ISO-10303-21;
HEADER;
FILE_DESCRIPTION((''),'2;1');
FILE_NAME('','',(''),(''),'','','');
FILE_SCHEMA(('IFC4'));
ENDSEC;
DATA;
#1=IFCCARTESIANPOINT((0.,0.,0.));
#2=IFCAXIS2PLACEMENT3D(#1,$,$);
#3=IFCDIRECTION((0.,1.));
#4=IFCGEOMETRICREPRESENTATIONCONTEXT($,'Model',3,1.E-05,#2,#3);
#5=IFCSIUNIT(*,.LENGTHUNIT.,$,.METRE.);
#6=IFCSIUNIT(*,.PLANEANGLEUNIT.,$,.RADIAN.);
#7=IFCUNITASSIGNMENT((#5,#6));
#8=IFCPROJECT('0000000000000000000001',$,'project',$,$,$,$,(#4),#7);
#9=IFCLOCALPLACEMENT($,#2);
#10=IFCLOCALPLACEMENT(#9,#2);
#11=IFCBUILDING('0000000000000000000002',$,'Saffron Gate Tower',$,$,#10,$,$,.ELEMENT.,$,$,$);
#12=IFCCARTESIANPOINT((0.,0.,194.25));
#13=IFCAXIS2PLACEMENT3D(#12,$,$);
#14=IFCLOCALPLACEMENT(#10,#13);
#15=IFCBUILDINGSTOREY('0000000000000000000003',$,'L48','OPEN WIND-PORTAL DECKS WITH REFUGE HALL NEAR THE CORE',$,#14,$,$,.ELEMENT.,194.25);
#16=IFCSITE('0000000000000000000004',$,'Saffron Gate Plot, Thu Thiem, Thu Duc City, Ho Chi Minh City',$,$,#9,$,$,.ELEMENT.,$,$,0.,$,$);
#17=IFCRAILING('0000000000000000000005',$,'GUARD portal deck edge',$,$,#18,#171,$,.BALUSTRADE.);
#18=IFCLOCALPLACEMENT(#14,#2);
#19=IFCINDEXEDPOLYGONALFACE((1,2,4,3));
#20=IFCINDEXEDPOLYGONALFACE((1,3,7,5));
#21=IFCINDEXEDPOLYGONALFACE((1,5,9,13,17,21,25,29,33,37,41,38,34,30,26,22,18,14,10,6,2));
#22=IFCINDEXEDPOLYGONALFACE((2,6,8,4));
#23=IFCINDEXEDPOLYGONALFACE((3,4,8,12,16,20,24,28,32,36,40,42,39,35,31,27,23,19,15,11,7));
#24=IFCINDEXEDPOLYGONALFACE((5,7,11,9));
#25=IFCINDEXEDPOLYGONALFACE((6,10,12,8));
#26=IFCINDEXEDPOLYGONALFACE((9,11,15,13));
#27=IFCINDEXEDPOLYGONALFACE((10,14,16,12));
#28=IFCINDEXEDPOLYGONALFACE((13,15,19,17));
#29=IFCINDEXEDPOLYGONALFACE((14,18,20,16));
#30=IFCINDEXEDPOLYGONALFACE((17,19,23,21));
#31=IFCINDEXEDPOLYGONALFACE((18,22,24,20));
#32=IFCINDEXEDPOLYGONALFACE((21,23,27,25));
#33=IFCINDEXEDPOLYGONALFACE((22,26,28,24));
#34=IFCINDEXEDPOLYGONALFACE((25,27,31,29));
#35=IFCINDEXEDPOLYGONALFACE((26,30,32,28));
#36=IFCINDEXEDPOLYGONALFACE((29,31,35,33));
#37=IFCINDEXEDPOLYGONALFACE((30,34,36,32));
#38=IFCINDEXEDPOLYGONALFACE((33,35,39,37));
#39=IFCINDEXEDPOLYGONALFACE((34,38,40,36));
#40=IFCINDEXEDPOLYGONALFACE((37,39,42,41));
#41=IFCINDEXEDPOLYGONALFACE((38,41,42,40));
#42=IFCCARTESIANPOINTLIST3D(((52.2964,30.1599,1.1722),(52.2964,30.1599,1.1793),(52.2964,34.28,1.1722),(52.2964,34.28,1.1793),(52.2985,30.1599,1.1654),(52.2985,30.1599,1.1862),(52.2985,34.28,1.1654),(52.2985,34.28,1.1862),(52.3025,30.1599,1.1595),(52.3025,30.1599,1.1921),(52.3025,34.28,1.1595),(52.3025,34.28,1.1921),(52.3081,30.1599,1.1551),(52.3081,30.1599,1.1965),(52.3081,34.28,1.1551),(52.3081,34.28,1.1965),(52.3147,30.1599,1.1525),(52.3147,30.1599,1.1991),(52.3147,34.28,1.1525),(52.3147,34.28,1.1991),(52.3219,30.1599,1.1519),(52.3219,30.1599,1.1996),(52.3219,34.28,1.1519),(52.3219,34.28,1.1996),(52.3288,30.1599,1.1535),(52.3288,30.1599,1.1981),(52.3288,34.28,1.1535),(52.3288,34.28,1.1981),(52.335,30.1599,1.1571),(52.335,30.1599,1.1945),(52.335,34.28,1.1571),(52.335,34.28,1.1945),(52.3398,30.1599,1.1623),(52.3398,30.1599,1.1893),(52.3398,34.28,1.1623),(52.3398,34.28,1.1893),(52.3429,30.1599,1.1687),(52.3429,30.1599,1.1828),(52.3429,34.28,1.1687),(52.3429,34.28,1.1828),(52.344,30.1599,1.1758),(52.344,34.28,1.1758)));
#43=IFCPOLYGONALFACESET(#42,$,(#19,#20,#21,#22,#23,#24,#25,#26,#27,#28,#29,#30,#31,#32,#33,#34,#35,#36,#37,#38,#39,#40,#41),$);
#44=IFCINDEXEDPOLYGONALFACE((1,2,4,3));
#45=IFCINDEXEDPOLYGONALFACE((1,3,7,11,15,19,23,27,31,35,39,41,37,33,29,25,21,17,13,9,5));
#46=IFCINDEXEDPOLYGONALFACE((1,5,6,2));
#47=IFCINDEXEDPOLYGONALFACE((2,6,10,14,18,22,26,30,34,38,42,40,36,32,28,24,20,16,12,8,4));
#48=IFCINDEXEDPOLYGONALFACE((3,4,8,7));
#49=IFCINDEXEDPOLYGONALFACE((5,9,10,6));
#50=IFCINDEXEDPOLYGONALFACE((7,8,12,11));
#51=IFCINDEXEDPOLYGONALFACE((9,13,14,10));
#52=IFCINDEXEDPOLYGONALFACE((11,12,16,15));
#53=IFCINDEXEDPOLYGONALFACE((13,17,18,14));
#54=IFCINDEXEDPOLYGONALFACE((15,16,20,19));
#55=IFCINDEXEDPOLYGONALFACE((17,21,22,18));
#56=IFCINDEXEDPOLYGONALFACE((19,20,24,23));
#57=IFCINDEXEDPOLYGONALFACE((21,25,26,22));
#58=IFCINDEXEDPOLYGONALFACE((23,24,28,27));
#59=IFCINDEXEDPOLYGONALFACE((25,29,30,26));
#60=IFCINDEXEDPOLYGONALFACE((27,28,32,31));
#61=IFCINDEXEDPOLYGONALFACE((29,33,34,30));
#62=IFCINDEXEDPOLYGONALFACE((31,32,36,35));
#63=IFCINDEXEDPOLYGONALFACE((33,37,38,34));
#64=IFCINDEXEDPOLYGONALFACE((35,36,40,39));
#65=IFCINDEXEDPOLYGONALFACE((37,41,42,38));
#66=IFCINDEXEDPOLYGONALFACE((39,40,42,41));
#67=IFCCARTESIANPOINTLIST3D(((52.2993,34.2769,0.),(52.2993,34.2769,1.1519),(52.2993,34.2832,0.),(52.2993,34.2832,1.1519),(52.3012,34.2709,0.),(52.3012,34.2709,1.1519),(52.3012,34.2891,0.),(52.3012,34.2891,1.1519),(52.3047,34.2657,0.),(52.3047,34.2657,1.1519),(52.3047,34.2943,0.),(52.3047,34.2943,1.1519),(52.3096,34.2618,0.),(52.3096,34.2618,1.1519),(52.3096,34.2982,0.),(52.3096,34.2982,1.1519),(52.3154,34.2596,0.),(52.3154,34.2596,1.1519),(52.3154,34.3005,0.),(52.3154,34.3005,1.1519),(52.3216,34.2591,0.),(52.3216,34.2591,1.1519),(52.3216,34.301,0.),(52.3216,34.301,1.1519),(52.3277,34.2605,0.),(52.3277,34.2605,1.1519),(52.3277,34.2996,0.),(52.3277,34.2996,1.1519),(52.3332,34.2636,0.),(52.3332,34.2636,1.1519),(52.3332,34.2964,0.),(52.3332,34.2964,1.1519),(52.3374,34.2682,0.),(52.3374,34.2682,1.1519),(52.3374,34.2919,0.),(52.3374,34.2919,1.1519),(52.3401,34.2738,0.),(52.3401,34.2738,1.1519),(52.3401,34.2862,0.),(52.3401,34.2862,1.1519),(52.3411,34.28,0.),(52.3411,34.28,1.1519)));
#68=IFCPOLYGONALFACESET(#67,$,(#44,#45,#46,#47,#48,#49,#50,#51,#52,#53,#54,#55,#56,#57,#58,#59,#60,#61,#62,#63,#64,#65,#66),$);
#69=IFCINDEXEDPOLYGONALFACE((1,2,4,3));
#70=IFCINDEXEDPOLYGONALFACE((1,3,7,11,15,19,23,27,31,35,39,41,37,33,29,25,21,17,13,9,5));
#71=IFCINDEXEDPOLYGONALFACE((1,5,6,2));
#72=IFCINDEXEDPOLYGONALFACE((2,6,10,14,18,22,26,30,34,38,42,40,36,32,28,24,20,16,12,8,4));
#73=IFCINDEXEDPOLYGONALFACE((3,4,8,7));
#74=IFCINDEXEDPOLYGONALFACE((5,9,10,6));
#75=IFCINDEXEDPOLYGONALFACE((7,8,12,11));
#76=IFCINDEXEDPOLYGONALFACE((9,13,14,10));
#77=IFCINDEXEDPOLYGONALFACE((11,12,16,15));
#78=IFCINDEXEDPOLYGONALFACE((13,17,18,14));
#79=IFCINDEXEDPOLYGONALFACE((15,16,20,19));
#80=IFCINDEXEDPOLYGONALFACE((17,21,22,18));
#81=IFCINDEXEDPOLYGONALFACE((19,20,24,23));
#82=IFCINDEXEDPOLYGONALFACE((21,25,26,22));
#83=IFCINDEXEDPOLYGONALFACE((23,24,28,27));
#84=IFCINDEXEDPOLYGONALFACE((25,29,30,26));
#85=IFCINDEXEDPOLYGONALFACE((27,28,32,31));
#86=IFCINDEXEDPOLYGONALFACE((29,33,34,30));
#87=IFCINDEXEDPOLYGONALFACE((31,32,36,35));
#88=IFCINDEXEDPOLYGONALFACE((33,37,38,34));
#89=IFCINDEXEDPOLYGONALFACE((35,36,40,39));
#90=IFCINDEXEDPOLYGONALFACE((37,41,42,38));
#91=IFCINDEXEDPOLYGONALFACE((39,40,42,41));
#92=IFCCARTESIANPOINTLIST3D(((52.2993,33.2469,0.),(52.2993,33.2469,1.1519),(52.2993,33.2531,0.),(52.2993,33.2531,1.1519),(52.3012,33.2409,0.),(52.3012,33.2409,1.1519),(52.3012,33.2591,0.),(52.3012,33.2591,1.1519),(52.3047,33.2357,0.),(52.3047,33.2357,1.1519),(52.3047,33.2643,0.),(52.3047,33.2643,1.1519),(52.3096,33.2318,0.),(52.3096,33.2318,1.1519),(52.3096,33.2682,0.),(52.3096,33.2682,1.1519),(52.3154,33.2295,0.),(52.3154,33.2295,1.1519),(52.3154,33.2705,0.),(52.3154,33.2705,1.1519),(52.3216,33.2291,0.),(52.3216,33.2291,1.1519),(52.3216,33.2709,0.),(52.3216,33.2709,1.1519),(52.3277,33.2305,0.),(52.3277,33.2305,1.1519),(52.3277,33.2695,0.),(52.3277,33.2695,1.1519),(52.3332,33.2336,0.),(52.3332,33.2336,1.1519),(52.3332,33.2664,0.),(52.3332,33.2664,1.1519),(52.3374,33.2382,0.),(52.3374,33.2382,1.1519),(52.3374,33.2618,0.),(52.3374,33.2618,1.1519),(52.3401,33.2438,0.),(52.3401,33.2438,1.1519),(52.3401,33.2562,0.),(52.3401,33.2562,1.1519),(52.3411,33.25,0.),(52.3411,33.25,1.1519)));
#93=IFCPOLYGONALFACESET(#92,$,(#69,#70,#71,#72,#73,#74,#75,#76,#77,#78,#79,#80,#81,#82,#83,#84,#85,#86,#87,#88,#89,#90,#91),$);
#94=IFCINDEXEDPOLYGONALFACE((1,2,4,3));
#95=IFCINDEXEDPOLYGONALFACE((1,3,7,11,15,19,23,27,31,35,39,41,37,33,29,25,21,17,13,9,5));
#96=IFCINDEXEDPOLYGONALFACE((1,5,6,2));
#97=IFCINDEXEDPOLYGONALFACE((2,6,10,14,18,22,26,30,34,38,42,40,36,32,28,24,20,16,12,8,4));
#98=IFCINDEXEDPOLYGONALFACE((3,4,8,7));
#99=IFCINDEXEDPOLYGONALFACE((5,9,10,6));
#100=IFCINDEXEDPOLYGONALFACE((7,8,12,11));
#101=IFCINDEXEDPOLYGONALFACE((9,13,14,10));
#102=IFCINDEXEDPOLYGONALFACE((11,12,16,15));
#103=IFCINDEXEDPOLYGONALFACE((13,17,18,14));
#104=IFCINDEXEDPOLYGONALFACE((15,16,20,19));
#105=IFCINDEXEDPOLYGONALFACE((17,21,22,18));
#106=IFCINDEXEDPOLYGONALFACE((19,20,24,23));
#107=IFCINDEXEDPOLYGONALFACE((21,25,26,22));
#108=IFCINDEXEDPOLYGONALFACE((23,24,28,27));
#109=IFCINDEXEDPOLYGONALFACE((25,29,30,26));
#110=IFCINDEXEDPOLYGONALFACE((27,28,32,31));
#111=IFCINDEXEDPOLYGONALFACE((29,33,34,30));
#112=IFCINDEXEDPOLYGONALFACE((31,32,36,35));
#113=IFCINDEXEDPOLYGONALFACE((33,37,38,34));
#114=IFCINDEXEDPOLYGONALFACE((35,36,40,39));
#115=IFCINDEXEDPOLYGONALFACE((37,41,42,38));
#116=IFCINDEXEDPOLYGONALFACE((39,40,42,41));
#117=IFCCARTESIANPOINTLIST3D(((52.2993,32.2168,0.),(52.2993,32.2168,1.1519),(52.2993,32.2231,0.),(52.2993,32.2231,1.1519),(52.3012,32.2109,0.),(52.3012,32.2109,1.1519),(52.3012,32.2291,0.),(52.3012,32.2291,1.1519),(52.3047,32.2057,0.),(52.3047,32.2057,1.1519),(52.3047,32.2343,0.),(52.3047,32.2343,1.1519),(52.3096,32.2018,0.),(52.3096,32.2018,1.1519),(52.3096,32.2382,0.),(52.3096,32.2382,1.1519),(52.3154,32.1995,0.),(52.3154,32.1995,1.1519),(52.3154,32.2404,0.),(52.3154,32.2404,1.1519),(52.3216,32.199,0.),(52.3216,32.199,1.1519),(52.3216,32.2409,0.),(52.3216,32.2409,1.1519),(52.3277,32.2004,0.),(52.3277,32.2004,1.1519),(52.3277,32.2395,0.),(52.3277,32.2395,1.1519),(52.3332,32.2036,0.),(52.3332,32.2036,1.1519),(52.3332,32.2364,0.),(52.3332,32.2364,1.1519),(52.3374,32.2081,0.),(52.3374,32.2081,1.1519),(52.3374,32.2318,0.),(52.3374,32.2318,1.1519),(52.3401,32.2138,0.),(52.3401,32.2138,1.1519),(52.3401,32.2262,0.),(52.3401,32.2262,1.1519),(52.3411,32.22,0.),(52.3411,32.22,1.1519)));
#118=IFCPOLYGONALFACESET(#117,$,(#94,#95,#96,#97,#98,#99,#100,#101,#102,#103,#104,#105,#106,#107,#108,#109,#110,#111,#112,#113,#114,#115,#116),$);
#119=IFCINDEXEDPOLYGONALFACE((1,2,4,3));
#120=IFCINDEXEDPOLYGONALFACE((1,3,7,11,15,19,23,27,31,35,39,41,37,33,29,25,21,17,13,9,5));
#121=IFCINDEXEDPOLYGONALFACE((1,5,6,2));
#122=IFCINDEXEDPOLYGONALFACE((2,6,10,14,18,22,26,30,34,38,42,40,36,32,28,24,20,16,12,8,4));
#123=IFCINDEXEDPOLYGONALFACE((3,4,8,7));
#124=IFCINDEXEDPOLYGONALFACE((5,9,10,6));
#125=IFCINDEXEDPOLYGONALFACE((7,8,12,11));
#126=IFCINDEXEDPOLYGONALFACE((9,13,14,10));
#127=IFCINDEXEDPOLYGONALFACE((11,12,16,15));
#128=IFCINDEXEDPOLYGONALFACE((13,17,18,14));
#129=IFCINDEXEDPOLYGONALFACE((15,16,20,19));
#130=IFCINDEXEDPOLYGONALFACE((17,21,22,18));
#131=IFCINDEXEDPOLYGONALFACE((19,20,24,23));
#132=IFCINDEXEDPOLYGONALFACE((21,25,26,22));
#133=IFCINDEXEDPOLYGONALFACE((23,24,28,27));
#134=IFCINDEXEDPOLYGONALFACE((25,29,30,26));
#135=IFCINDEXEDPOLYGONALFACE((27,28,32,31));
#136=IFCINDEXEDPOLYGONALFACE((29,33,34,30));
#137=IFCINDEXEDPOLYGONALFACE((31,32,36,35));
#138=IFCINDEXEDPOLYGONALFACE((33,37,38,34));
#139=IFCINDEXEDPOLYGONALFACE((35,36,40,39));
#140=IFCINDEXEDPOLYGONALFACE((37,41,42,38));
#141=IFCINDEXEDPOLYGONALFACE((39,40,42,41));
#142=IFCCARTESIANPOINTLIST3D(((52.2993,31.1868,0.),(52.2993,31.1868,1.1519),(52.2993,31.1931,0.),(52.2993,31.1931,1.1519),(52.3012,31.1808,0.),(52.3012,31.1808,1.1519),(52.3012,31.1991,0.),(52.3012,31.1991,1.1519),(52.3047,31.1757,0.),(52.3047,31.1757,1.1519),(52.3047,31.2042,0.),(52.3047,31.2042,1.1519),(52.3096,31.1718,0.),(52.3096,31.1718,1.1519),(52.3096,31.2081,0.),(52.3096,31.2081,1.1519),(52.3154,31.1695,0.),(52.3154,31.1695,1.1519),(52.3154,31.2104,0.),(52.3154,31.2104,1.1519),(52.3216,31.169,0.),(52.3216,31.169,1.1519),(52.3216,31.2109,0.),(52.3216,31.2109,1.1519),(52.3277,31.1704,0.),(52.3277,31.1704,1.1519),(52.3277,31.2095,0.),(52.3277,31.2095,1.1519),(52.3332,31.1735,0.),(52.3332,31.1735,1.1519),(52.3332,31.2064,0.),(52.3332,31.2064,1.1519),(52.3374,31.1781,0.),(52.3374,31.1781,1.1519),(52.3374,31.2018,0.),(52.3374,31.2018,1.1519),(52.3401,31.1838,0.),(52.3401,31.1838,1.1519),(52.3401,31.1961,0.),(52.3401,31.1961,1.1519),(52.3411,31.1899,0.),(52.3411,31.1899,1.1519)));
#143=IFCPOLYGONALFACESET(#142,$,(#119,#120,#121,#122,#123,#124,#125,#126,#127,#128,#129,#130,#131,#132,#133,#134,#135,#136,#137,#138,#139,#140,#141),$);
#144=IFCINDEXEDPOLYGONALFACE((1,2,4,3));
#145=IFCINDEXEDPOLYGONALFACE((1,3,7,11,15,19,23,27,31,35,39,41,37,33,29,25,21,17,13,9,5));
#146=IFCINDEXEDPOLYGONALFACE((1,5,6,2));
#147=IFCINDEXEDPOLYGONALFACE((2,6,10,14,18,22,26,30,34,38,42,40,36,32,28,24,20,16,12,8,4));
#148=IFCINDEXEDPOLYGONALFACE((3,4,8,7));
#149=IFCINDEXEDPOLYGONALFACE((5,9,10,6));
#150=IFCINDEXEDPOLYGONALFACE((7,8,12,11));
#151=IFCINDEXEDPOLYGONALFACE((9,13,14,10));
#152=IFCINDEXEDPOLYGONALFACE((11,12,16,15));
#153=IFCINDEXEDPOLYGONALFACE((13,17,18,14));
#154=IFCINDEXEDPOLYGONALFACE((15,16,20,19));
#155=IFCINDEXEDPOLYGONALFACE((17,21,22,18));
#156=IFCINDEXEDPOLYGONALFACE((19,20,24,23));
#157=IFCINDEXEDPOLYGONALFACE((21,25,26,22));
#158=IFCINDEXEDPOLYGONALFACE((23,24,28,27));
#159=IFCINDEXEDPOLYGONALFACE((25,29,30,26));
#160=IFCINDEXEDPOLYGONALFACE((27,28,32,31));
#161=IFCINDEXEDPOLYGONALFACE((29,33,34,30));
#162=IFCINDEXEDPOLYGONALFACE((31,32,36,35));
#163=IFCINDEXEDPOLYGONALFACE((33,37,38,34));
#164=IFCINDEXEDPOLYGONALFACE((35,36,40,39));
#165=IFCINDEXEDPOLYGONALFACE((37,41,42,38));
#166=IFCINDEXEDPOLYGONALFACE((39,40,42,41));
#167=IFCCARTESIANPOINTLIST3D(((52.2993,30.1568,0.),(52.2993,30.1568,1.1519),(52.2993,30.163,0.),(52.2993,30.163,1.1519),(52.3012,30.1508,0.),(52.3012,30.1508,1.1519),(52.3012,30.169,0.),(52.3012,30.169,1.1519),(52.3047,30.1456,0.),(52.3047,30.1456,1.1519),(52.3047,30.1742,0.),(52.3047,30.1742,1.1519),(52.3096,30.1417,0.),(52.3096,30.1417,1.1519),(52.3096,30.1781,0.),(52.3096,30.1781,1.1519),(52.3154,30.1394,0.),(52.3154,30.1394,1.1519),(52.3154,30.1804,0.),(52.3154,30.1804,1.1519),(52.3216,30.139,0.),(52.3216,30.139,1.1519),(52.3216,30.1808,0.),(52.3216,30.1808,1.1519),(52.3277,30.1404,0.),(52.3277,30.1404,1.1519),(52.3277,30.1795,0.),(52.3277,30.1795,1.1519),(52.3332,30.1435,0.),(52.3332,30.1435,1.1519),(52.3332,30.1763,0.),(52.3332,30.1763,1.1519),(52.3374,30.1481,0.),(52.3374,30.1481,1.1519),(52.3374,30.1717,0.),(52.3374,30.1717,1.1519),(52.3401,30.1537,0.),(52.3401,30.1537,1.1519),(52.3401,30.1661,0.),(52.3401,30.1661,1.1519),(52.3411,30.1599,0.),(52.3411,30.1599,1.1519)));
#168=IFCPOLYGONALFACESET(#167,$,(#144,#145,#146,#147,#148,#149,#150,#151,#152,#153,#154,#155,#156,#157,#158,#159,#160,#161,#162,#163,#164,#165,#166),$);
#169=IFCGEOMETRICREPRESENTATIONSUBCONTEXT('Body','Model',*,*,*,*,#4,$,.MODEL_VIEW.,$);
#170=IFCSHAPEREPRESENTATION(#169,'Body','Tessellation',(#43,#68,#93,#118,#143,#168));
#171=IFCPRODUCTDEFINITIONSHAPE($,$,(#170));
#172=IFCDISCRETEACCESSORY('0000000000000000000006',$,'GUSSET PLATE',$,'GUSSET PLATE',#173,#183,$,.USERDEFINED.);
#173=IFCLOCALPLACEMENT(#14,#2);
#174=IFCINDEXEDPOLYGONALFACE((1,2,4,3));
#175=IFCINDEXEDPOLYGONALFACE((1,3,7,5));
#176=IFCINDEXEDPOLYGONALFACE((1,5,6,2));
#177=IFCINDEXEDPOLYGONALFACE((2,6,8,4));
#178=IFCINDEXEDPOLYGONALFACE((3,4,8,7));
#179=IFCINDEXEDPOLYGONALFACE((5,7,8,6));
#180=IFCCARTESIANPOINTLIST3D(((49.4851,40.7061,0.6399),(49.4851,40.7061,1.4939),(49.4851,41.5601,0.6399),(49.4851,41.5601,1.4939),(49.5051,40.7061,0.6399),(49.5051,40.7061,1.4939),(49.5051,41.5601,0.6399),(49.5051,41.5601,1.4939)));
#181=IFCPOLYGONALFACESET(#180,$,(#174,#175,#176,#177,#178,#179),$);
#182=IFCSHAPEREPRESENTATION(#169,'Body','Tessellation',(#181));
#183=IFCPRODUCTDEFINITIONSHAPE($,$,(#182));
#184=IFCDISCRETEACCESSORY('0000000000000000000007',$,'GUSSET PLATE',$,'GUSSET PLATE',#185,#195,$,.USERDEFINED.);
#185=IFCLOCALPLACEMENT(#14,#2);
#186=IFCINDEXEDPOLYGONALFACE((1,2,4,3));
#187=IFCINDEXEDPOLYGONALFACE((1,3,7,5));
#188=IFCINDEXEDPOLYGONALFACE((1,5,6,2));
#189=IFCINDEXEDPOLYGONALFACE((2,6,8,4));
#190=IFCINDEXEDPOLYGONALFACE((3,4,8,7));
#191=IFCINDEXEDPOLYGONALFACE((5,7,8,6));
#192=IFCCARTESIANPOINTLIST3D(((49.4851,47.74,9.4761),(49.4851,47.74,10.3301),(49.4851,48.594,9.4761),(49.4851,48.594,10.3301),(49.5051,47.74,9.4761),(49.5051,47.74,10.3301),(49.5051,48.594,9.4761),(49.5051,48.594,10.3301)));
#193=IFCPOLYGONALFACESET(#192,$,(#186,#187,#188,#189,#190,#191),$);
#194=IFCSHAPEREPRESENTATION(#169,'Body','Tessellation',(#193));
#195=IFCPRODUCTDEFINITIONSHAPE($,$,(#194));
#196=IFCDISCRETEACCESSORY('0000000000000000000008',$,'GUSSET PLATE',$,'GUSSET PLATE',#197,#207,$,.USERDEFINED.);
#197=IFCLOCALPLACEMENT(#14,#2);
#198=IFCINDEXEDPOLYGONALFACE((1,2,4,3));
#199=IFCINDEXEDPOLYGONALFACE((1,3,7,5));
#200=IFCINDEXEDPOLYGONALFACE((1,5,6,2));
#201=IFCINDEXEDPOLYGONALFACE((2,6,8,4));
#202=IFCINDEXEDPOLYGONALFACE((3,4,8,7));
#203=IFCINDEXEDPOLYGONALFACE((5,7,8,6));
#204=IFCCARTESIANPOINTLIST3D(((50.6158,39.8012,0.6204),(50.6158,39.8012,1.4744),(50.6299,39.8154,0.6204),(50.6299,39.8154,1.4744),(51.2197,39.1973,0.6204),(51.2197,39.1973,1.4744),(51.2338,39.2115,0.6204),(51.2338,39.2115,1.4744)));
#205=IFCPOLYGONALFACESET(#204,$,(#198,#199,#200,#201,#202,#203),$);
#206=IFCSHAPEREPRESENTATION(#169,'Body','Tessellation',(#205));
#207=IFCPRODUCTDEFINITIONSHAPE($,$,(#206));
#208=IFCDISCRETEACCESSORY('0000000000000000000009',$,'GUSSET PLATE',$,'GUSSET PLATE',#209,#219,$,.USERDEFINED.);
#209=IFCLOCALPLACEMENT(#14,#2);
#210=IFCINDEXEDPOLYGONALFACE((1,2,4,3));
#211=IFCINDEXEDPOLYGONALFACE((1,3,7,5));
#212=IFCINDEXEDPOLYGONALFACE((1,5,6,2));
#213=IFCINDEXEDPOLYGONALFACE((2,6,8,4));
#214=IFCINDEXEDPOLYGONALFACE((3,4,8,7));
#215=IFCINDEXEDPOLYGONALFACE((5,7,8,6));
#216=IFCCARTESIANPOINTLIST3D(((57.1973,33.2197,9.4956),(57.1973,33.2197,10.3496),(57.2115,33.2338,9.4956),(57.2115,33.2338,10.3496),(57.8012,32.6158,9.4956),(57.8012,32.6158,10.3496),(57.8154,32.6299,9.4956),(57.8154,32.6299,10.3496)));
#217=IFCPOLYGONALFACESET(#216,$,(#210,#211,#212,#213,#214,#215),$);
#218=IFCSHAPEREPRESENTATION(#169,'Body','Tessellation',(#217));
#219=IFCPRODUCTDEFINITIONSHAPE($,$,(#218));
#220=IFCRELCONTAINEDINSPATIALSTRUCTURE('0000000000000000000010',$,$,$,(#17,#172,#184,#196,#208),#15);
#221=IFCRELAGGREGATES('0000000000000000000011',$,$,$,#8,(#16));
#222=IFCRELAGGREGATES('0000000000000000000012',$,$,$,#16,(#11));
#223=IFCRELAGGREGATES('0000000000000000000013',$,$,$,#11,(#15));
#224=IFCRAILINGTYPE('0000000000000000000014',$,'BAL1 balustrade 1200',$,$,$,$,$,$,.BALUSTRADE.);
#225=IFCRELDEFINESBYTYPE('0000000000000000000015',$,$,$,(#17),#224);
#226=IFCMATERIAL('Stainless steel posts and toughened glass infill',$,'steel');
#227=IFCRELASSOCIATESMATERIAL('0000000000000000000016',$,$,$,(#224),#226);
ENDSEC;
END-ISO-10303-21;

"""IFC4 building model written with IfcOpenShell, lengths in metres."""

from ifc_helpers import new_model, si_unit, direction, frame, origin, origin_2d, place, context, subcontext, project, spatial, rectangle, circle, extrude, material, type_object, element, save


model = new_model("IFC4")

# Units and contexts
model_context = context("Model", 3, precision=1e-05, world=origin(), true_north=direction((0.0, 1.0)))
body_context = subcontext(model_context, "Body", "Model", "MODEL_VIEW")
ifc_project = project(units=[si_unit("LENGTHUNIT", "METRE"), si_unit("PLANEANGLEUNIT", "RADIAN")], contexts=[model_context])

# Site, building, storey
site_placement = place(None, origin())
site = spatial("IfcSite", under=ifc_project, at=site_placement, Name="Saffron Gate Plot, Thu Thiem, Thu Duc City, Ho Chi Minh City", CompositionType="ELEMENT", RefElevation=0.0)
building_placement = place(site_placement, origin())
building = spatial("IfcBuilding", under=site, at=building_placement, Name="Saffron Gate Tower", CompositionType="ELEMENT")
storey_placement = place(building_placement, frame((0.0, 0.0, 194.25)))
storey = spatial("IfcBuildingStorey", under=building, at=storey_placement, Name="L48", Description="OPEN WIND-PORTAL DECKS WITH REFUGE HALL NEAR THE CORE", CompositionType="ELEMENT", Elevation=194.25)

# Railing
ifc_material_1 = material(Name="Stainless steel posts and toughened glass infill", Category="steel")
railing_type = type_object("IfcRailingType", Name="BAL1 balustrade 1200", PredefinedType="BALUSTRADE", material=ifc_material_1)
railing_1_placement = place(storey_placement, frame((52.3201, 34.28, 0.0)))
element("IfcRailing", 1, at=railing_1_placement, inside=storey, type_object=railing_type, Name="GUARD portal deck edge", PredefinedType="BALUSTRADE", context=body_context, shape_type="SweptSolid", body=[
    extrude(circle(Radius=0.0239, at=origin_2d()), frame((0.0, 0.0, 1.1758), z_axis=(0.0, -1.0, 0.0), x_axis=(1.0, 0.0, 0.0)), (0.0, 0.0, 1.0), 4.1201),
    extrude(circle(Radius=0.021, at=origin_2d()), origin(), (0.0, 0.0, 1.0), 1.1519),
    extrude(circle(Radius=0.021, at=origin_2d()), frame((0.0, -1.03, 0.0)), (0.0, 0.0, 1.0), 1.1519),
    extrude(circle(Radius=0.021, at=origin_2d()), frame((0.0, -2.0601, 0.0)), (0.0, 0.0, 1.0), 1.1519),
    extrude(circle(Radius=0.021, at=origin_2d()), frame((0.0, -3.0901, 0.0)), (0.0, 0.0, 1.0), 1.1519),
    extrude(circle(Radius=0.021, at=origin_2d()), frame((0.0, -4.1201, 0.0)), (0.0, 0.0, 1.0), 1.1519),
])

# Discrete accessories
for number, where, z_axis, x_axis, name in (
    (2, (49.4951, 41.1331, 0.6399), (0.0, 0.0, 1.0), (0.0, 1.0, 0.0), "GUSSET PLATE"),
    (3, (49.4951, 48.167, 9.4761), (0.0, 0.0, 1.0), (0.0, 1.0, 0.0), "GUSSET PLATE"),
    (4, (50.9248, 39.5063, 0.6204), (0.0, 0.0, 1.0), (0.707107, -0.707107, 0.0), "GUSSET PLATE"),
    (5, (57.5063, 32.9248, 9.4956), (0.0, 0.0, 1.0), (0.707107, -0.707107, 0.0), "GUSSET PLATE"),
):
    element("IfcDiscreteAccessory", number, at=place(storey_placement, frame(where, z_axis=z_axis, x_axis=x_axis)), inside=storey, Name=name, ObjectType="GUSSET PLATE", PredefinedType="USERDEFINED", context=body_context, shape_type="SweptSolid", body=[
        extrude(rectangle(XDim=0.854, YDim=0.02, at=origin_2d()), origin(), (0.0, 0.0, 1.0), 0.854),
    ])

save(model, "model.ifc")
